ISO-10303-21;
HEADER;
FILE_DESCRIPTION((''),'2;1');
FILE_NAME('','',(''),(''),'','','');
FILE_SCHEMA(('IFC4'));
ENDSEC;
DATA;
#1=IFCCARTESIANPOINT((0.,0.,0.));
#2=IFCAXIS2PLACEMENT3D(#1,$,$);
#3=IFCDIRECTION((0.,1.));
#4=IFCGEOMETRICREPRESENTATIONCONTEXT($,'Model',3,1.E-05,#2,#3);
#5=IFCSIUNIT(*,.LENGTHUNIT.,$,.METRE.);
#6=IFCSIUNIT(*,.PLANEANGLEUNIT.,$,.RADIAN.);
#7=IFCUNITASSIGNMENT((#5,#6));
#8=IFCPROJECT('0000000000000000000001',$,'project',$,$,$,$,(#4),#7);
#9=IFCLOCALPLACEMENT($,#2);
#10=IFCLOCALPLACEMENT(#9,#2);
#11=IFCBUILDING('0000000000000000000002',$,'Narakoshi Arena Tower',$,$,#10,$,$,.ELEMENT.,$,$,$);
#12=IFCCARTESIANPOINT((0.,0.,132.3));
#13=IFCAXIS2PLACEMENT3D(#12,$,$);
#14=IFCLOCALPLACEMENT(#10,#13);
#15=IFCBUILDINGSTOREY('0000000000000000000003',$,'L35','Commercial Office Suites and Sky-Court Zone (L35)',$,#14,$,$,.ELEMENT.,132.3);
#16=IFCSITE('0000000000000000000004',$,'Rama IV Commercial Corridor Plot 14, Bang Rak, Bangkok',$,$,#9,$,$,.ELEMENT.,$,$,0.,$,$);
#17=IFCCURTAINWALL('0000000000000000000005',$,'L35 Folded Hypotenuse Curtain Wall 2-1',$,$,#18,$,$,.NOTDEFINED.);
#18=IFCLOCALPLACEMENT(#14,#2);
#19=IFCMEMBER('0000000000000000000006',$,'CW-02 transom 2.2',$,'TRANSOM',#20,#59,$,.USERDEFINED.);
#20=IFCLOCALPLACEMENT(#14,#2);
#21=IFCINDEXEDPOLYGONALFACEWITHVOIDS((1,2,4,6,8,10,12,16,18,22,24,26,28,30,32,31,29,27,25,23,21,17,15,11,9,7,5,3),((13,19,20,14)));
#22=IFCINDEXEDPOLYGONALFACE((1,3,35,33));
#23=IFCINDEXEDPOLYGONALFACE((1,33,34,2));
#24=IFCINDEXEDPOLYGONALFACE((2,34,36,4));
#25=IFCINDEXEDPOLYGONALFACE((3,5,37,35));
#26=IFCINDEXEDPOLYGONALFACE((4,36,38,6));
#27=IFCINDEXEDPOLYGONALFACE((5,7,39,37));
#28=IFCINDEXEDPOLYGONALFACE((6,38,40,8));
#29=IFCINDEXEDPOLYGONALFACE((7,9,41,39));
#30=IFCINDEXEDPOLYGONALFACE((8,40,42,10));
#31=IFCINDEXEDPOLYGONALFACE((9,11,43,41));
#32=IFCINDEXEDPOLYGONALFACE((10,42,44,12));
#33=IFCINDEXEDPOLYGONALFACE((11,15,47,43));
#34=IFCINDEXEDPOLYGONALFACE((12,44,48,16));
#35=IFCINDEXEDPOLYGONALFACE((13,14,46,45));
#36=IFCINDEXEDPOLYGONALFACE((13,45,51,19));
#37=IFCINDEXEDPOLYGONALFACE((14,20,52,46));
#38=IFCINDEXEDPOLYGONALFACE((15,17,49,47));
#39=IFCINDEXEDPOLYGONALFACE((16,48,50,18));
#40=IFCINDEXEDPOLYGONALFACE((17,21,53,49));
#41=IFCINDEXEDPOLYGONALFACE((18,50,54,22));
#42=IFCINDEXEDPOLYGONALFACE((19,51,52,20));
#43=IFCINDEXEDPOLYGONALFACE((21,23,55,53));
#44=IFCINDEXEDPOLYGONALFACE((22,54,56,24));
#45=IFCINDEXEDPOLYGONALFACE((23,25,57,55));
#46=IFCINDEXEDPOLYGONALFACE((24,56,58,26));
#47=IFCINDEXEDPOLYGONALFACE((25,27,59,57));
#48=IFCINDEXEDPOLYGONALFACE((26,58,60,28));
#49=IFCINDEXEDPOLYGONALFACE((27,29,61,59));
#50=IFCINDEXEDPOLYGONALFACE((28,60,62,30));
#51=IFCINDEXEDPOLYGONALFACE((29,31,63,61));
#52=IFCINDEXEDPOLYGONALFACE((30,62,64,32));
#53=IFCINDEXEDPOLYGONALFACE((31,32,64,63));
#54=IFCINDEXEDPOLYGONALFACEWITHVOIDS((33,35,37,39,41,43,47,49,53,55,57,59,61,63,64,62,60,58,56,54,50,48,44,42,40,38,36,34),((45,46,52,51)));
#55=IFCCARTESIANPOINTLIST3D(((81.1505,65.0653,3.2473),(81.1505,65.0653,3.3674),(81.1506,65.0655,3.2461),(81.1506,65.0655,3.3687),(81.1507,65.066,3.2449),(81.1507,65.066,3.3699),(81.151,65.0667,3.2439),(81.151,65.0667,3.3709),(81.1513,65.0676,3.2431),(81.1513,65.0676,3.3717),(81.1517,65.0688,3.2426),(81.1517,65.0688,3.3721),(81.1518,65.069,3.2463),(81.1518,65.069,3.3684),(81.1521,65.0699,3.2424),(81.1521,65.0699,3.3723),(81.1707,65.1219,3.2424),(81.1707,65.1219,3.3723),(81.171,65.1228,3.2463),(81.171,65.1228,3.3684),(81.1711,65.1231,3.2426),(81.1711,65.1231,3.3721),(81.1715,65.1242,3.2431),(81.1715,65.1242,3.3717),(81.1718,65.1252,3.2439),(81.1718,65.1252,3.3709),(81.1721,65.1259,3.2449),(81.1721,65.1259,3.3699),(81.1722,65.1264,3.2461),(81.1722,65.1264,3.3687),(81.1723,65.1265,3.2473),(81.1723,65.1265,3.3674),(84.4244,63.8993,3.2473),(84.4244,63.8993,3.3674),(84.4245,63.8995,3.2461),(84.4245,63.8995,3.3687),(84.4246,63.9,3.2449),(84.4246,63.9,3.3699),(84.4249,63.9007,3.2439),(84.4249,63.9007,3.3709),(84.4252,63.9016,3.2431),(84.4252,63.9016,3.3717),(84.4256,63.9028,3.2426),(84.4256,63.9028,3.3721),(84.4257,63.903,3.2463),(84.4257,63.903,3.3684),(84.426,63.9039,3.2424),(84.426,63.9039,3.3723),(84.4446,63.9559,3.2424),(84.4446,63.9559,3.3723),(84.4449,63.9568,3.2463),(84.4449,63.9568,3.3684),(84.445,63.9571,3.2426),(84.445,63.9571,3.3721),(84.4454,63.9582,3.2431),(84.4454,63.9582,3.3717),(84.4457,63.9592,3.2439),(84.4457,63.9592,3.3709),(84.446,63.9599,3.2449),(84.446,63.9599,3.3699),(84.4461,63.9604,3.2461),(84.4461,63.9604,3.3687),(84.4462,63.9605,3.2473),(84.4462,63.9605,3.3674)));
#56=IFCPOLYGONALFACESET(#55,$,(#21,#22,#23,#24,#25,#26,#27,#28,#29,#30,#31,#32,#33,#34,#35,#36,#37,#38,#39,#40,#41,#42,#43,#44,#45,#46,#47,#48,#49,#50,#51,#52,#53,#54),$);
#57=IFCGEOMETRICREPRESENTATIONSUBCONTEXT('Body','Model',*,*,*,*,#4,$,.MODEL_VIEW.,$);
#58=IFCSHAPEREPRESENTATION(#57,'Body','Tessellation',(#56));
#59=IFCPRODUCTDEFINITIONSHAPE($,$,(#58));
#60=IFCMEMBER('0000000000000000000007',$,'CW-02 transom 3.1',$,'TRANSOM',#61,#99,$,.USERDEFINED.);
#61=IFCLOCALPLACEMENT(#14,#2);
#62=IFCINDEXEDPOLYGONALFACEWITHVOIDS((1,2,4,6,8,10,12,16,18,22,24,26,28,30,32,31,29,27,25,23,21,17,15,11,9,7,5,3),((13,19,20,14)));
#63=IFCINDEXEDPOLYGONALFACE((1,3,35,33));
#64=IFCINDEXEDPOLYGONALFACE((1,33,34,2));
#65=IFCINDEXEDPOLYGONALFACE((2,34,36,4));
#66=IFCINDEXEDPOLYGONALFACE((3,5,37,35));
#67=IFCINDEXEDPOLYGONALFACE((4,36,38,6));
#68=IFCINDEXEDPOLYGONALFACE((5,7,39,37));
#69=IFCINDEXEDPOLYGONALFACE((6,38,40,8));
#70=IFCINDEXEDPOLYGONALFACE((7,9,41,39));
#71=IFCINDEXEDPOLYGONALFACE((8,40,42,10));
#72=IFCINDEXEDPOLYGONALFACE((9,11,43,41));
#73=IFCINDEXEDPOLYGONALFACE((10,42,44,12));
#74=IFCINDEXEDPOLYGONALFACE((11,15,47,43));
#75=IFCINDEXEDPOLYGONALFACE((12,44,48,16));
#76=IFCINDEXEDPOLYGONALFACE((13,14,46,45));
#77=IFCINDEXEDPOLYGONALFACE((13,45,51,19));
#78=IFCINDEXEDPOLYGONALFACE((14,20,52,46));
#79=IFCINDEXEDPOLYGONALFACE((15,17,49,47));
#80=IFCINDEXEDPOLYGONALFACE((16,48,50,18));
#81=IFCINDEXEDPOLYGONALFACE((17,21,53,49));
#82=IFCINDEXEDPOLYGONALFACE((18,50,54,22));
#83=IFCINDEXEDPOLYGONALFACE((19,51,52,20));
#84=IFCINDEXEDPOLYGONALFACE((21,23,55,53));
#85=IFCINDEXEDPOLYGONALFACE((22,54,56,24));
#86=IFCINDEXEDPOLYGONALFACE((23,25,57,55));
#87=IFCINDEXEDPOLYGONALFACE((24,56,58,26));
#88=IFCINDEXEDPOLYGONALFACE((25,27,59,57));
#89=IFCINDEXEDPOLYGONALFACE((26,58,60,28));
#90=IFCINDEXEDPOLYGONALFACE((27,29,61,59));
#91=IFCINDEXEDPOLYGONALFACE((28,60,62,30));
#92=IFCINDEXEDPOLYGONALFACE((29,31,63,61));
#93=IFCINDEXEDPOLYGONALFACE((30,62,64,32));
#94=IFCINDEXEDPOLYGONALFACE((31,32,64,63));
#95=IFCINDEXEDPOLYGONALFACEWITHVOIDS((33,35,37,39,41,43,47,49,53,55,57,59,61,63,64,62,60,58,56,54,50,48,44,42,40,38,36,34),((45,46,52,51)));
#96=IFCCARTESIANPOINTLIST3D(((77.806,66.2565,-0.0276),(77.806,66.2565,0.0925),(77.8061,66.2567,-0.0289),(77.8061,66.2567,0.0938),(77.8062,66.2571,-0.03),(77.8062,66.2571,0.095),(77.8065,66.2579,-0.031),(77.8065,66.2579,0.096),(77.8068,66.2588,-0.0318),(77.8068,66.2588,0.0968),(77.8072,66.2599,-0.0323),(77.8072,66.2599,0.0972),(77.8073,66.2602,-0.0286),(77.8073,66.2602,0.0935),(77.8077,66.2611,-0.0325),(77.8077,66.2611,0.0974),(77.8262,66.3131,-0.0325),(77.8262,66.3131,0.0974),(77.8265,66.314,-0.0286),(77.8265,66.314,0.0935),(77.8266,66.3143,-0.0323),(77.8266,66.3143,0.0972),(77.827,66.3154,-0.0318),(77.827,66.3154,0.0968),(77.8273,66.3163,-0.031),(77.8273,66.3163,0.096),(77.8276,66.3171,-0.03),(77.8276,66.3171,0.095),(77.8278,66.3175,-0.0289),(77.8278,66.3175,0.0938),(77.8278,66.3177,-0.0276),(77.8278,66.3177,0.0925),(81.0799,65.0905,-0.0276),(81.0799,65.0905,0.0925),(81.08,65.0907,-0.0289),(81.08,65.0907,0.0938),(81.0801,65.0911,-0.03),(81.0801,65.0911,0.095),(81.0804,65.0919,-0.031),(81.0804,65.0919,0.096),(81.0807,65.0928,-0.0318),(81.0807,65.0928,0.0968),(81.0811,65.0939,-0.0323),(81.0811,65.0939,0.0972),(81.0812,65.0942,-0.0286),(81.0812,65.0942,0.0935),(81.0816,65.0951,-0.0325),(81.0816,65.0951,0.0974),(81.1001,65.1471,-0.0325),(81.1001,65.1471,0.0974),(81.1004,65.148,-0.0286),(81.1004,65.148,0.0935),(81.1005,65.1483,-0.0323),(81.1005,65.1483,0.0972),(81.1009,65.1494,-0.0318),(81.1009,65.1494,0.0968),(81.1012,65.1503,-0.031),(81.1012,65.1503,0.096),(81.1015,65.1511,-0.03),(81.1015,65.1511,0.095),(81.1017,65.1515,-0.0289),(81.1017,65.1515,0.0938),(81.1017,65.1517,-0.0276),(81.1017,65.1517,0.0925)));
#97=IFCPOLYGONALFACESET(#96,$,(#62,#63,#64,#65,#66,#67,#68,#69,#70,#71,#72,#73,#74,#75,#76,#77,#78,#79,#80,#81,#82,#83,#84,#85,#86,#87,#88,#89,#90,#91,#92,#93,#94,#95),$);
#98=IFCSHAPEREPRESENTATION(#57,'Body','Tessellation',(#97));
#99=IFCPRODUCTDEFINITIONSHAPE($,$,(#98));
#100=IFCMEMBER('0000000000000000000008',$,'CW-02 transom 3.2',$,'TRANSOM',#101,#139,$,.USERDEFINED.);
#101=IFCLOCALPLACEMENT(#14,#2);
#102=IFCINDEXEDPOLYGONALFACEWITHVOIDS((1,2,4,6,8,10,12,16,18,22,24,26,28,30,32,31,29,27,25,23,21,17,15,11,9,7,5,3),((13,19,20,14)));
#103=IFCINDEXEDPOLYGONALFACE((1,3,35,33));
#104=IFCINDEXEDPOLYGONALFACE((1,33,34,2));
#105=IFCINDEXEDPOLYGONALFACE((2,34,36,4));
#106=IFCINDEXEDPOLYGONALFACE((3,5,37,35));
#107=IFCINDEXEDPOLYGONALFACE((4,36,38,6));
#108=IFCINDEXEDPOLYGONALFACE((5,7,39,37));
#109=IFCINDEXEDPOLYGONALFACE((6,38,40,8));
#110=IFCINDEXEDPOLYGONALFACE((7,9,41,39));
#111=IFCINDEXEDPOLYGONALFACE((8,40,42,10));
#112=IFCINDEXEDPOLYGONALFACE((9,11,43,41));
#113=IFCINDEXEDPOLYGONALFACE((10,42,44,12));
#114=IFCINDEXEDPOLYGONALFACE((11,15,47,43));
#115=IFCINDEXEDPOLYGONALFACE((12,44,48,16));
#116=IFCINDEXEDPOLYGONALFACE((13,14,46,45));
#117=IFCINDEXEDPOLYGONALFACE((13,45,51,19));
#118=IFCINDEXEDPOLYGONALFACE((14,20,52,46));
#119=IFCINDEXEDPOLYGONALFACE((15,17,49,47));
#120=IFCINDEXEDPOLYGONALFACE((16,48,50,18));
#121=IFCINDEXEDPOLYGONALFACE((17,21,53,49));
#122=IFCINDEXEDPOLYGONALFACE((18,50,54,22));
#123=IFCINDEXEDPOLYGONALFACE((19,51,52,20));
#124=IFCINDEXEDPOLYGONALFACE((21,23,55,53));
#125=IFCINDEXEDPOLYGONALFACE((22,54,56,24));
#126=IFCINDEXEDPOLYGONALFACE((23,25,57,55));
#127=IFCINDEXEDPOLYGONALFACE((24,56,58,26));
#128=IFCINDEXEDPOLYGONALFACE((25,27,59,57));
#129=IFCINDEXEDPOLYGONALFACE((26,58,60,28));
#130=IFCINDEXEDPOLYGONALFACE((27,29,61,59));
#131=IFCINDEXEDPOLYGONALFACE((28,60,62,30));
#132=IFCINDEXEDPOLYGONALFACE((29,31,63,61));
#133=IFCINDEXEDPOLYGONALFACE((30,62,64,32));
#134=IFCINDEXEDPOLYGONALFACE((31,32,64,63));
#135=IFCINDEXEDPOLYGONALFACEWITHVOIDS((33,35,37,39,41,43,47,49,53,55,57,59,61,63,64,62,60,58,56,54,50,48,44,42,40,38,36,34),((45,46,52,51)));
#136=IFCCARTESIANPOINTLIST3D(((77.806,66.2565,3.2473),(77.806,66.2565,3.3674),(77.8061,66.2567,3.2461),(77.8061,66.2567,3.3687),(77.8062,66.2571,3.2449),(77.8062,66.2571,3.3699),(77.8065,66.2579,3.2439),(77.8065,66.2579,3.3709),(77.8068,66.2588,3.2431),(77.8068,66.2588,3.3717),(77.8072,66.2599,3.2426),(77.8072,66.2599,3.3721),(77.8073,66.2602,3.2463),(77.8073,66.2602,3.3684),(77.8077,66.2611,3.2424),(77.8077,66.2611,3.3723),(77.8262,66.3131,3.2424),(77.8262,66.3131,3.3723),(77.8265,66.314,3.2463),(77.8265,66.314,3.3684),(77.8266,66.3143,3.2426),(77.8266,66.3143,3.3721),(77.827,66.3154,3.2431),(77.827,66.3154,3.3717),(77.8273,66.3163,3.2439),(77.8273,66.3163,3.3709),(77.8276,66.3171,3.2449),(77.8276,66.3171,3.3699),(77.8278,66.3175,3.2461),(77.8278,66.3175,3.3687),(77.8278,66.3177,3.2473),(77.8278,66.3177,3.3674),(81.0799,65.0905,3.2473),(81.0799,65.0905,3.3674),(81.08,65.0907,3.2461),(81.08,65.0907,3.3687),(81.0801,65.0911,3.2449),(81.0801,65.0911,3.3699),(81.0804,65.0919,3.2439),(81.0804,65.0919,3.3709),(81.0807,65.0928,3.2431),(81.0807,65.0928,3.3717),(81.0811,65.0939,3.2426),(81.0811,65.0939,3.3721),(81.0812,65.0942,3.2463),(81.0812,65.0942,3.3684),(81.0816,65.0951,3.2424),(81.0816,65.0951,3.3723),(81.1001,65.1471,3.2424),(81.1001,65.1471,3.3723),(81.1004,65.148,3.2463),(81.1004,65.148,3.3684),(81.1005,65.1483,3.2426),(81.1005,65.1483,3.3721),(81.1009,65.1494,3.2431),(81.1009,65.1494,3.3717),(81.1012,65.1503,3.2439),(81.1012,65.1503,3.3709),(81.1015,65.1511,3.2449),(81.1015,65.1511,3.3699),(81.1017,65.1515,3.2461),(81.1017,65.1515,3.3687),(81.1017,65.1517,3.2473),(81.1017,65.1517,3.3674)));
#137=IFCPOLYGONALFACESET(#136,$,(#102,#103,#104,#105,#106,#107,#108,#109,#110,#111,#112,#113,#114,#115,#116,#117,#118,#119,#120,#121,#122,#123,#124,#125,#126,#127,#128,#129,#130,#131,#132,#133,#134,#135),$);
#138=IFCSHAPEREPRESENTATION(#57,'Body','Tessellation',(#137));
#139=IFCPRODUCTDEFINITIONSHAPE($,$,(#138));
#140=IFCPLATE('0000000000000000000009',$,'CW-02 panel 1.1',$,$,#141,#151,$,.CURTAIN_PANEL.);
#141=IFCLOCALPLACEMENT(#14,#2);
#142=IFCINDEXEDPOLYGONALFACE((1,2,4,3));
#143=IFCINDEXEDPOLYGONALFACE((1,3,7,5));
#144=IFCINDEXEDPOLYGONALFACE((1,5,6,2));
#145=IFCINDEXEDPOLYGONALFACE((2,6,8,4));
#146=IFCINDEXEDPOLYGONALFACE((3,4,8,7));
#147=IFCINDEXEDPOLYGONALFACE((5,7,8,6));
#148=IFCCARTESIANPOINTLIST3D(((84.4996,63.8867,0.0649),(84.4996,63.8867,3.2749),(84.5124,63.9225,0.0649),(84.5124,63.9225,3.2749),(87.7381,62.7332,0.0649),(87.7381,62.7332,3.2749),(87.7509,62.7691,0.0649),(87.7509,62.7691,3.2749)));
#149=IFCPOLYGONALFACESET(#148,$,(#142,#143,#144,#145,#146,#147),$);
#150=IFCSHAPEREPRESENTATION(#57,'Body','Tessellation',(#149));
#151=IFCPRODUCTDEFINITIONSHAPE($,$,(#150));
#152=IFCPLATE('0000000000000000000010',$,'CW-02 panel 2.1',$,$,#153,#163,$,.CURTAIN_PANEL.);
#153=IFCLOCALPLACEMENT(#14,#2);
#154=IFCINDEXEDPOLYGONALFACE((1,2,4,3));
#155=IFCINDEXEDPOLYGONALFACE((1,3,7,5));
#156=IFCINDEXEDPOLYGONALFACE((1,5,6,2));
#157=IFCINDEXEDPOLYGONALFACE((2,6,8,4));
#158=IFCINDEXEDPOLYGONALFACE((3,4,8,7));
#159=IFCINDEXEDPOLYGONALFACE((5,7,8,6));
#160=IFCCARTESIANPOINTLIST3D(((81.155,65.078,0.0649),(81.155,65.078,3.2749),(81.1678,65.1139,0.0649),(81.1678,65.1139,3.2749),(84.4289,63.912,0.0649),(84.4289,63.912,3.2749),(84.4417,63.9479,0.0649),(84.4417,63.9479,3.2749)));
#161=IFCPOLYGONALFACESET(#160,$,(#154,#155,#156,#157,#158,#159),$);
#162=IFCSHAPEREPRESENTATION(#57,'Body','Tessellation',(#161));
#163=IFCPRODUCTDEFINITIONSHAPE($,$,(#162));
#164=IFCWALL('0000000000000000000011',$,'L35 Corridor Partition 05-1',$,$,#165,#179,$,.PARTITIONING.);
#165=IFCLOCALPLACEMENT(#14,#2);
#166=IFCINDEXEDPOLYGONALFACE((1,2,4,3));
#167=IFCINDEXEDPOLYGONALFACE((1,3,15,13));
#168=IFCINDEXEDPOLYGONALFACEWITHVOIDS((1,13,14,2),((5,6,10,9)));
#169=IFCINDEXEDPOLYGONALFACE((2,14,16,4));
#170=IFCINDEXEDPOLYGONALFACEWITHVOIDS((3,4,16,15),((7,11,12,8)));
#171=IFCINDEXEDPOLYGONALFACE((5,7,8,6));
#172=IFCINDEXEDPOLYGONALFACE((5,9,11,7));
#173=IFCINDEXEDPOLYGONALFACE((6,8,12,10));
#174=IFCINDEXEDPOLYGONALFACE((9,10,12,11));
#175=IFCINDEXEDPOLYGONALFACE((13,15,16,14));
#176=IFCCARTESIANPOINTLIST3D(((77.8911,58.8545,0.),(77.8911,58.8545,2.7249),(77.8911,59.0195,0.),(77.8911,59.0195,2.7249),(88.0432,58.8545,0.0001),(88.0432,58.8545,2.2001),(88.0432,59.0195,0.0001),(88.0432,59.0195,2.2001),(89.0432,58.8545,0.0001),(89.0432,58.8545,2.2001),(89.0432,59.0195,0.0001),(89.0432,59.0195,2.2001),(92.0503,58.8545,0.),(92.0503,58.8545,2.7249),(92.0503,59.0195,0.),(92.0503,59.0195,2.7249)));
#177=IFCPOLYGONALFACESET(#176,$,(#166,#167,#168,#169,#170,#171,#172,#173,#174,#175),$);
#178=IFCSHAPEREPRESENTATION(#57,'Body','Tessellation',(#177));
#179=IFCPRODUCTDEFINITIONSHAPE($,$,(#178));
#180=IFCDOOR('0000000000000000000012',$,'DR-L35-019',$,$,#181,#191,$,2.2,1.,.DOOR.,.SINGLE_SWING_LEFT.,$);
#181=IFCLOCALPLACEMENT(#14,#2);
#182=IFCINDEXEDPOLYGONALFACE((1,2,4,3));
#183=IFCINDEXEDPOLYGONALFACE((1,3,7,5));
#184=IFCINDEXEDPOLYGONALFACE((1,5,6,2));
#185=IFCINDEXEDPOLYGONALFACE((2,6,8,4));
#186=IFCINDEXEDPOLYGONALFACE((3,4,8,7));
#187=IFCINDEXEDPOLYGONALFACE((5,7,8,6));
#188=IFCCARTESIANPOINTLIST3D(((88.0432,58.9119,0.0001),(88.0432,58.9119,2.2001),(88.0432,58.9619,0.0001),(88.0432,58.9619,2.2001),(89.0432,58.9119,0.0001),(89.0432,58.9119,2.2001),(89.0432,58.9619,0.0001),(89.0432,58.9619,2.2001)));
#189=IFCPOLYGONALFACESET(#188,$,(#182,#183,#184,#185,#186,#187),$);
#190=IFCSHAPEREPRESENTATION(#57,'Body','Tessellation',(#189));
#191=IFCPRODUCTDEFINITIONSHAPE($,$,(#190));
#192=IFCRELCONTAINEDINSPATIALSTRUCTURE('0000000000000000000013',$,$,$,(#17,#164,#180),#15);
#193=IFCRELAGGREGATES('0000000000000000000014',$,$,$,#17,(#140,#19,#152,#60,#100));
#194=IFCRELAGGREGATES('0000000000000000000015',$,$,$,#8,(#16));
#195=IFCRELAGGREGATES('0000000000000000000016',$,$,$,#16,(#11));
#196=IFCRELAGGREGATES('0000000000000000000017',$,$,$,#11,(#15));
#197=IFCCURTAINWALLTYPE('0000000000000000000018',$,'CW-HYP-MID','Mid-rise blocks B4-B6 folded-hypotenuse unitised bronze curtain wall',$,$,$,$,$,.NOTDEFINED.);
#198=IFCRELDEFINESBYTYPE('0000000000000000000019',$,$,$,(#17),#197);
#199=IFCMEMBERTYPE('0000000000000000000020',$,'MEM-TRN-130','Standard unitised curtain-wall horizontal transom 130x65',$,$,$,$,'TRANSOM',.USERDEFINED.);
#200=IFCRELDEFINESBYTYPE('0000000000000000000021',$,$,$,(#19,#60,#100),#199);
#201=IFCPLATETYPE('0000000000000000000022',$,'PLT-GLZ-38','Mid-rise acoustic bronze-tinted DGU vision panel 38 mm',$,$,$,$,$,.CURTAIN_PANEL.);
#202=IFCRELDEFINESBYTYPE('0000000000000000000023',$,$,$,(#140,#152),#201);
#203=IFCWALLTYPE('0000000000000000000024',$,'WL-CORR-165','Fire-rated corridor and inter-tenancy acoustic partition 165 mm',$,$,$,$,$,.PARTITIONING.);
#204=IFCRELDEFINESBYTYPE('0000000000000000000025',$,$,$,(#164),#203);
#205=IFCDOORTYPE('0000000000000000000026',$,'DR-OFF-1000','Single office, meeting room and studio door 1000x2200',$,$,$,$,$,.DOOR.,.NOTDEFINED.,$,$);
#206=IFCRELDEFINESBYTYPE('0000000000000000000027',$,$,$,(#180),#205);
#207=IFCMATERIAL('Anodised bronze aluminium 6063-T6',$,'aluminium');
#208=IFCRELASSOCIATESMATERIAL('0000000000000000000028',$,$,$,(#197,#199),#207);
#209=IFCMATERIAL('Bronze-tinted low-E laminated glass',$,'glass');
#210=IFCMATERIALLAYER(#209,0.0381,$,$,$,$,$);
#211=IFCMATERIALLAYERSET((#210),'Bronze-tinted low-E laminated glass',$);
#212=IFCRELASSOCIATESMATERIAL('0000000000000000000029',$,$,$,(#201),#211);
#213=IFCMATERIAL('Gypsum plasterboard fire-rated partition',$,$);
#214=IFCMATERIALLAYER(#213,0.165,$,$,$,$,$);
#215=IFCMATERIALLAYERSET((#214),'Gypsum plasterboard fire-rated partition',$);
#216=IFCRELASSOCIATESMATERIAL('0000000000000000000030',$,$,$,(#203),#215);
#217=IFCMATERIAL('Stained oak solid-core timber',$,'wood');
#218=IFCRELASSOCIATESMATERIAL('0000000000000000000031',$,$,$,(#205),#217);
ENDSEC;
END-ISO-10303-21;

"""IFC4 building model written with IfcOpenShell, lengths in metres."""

from ifc_helpers import new_model, si_unit, direction, frame, frame_2d, origin, origin_2d, place, context, subcontext, project, spatial, rectangle, hollow_rectangle, extrude, material, layer, layer_set, material_profile, profile_set, type_object, element, fill, aggregate, save


model = new_model("IFC4")

# Units and contexts
model_context = context("Model", 3, precision=1e-05, world=origin(), true_north=direction((0.0, 1.0)))
body_context = subcontext(model_context, "Body", "Model", "MODEL_VIEW")
ifc_project = project(units=[si_unit("LENGTHUNIT", "METRE"), si_unit("PLANEANGLEUNIT", "RADIAN")], contexts=[model_context])

# Site, building, storey
site_placement = place(None, origin())
site = spatial("IfcSite", under=ifc_project, at=site_placement, Name="Rama IV Commercial Corridor Plot 14, Bang Rak, Bangkok", CompositionType="ELEMENT", RefElevation=0.0)
building_placement = place(site_placement, origin())
building = spatial("IfcBuilding", under=site, at=building_placement, Name="Narakoshi Arena Tower", CompositionType="ELEMENT")
storey_placement = place(building_placement, frame((0.0, 0.0, 132.3)))
storey = spatial("IfcBuildingStorey", under=building, at=storey_placement, Name="L35", Description="Commercial Office Suites and Sky-Court Zone (L35)", CompositionType="ELEMENT", Elevation=132.3)

# Curtain wall, members, plates
ifc_material_1 = material(Name="Anodised bronze aluminium 6063-T6", Category="aluminium")
curtain_wall_type = type_object("IfcCurtainWallType", Name="CW-HYP-MID", Description="Mid-rise blocks B4-B6 folded-hypotenuse unitised bronze curtain wall", PredefinedType="NOTDEFINED", material=ifc_material_1)
curtain_wall_placement = place(storey_placement, origin())
curtain_wall = element("IfcCurtainWall", 1, at=curtain_wall_placement, inside=storey, type_object=curtain_wall_type, Name="L35 Folded Hypotenuse Curtain Wall 2-1", PredefinedType="NOTDEFINED")
ifc_material_profile_1 = material_profile(ifc_material_1, hollow_rectangle(XDim=0.0649, YDim=0.1299, WallThickness=0.0039, OuterFilletRadius=0.0049, at=origin_2d()), Name="TRN130x65x4")
ifc_profile_set_1 = profile_set([ifc_material_profile_1], Name="Anodised bronze aluminium 6063-T6")
member_type_1 = type_object("IfcMemberType", Name="MEM-TRN-130", Description="Standard unitised curtain-wall horizontal transom 130x65", ElementType="TRANSOM", PredefinedType="USERDEFINED", material=ifc_profile_set_1)
member_1_placement = place(storey_placement, frame((84.4353, 63.9299, 3.3074), z_axis=(-0.942037, 0.335509, 0.0), x_axis=(-0.335509, -0.942037, 0.0)))
member_1 = element("IfcMember", 2, at=member_1_placement, type_object=member_type_1, Name="CW-02 transom 2.2", ObjectType="TRANSOM", PredefinedType="USERDEFINED", context=body_context, shape_type="SweptSolid", body=[
    extrude(hollow_rectangle(XDim=0.0649, YDim=0.1299, WallThickness=0.0039, OuterFilletRadius=0.0049, at=origin_2d()), origin(), (0.0, 0.0, 1.0), 3.4753),
])
member_2_placement = place(storey_placement, frame((81.0908, 65.1211, 0.0325), z_axis=(-0.942037, 0.335509, 0.0), x_axis=(-0.335509, -0.942037, 0.0)))
member_2 = element("IfcMember", 3, at=member_2_placement, type_object=member_type_1, Name="CW-02 transom 3.1", ObjectType="TRANSOM", PredefinedType="USERDEFINED", context=body_context, shape_type="SweptSolid", body=[
    extrude(hollow_rectangle(XDim=0.0649, YDim=0.1299, WallThickness=0.0039, OuterFilletRadius=0.0049, at=origin_2d()), origin(), (0.0, 0.0, 1.0), 3.4753),
])
member_3_placement = place(storey_placement, frame((81.0908, 65.1211, 3.3074), z_axis=(-0.942037, 0.335509, 0.0), x_axis=(-0.335509, -0.942037, 0.0)))
member_3 = element("IfcMember", 4, at=member_3_placement, type_object=member_type_1, Name="CW-02 transom 3.2", ObjectType="TRANSOM", PredefinedType="USERDEFINED", context=body_context, shape_type="SweptSolid", body=[
    extrude(hollow_rectangle(XDim=0.0649, YDim=0.1299, WallThickness=0.0039, OuterFilletRadius=0.0049, at=origin_2d()), origin(), (0.0, 0.0, 1.0), 3.4753),
])
ifc_material_2 = material(Name="Bronze-tinted low-E laminated glass", Category="glass")
ifc_layer_1 = layer(ifc_material_2, 0.0381)
ifc_layer_set_1 = layer_set([ifc_layer_1], Name="Bronze-tinted low-E laminated glass")
plate_type = type_object("IfcPlateType", Name="PLT-GLZ-38", Description="Mid-rise acoustic bronze-tinted DGU vision panel 38 mm", PredefinedType="CURTAIN_PANEL", material=ifc_layer_set_1)
plate_1_placement = place(storey_placement, frame((86.1252, 63.3279, 0.0649), z_axis=(0.0, 0.0, 1.0), x_axis=(-0.942034, 0.335518, 0.0)))
plate_1 = element("IfcPlate", 5, at=plate_1_placement, type_object=plate_type, Name="CW-02 panel 1.1", PredefinedType="CURTAIN_PANEL", context=body_context, shape_type="SweptSolid", body=[
    extrude(rectangle(XDim=3.4377, YDim=0.0381, at=origin_2d()), origin(), (0.0, 0.0, 1.0), 3.21),
])
plate_2_placement = place(storey_placement, frame((82.7983, 64.5129, 0.0649), z_axis=(0.0, 0.0, 1.0), x_axis=(-0.942034, 0.335518, 0.0)))
plate_2 = element("IfcPlate", 6, at=plate_2_placement, type_object=plate_type, Name="CW-02 panel 2.1", PredefinedType="CURTAIN_PANEL", context=body_context, shape_type="SweptSolid", body=[
    extrude(rectangle(XDim=3.4753, YDim=0.0381, at=origin_2d()), origin(), (0.0, 0.0, 1.0), 3.21),
])
aggregate(curtain_wall, [plate_1, member_1, plate_2, member_2, member_3])

# Wall, opening, door
ifc_material_3 = material(Name="Gypsum plasterboard fire-rated partition")
ifc_layer_2 = layer(ifc_material_3, 0.165)
ifc_layer_set_2 = layer_set([ifc_layer_2], Name="Gypsum plasterboard fire-rated partition")
wall_type_1 = type_object("IfcWallType", Name="WL-CORR-165", Description="Fire-rated corridor and inter-tenancy acoustic partition 165 mm", PredefinedType="PARTITIONING", material=ifc_layer_set_2)
wall_1_placement = place(storey_placement, frame((92.0503, 58.937, 0.0), z_axis=(0.0, 0.0, 1.0), x_axis=(-1.0, 0.0, 0.0)))
wall_1 = element("IfcWall", 7, at=wall_1_placement, inside=storey, type_object=wall_type_1, Name="L35 Corridor Partition 05-1", PredefinedType="PARTITIONING", context=body_context, shape_type="SweptSolid", body=[
    extrude(rectangle(XDim=14.1592, YDim=0.165, at=frame_2d((7.0796, 0.0))), origin(), (0.0, 0.0, 1.0), 2.7249),
])
opening_1_placement = place(wall_1_placement, frame((3.0071, 0.0, 0.0)))
opening_1 = element("IfcOpeningElement", 8, at=opening_1_placement, cuts=wall_1, PredefinedType="OPENING", context=body_context, shape_type="SweptSolid", body=[
    extrude(rectangle(XDim=1.0, YDim=2.2, at=frame_2d((0.5, 1.1001))), frame((0.0, 0.0925, 0.0), z_axis=(0.0, -1.0, 0.0), x_axis=(1.0, 0.0, 0.0)), (0.0, 0.0, 1.0), 0.1851),
])
ifc_material_4 = material(Name="Stained oak solid-core timber", Category="wood")
door_type_1 = type_object("IfcDoorType", Name="DR-OFF-1000", Description="Single office, meeting room and studio door 1000x2200", OperationType="NOTDEFINED", PredefinedType="DOOR", material=ifc_material_4)
door_1_placement = place(opening_1_placement, frame((1.0, 0.0, 0.0), z_axis=(0.0, 0.0, 1.0), x_axis=(-1.0, 0.0, 0.0)))
door_1 = element("IfcDoor", 9, at=door_1_placement, inside=storey, type_object=door_type_1, Name="DR-L35-019", OperationType="SINGLE_SWING_LEFT", OverallHeight=2.2, OverallWidth=1.0, PredefinedType="DOOR", context=body_context, shape_type="SweptSolid", body=[
    extrude(rectangle(XDim=1.0, YDim=2.2, at=frame_2d((0.5, 1.1001))), frame((0.0, 0.0249, 0.0), z_axis=(0.0, -1.0, 0.0), x_axis=(1.0, 0.0, 0.0)), (0.0, 0.0, 1.0), 0.05),
])
fill(opening_1, door_1)

save(model, "model.ifc")
